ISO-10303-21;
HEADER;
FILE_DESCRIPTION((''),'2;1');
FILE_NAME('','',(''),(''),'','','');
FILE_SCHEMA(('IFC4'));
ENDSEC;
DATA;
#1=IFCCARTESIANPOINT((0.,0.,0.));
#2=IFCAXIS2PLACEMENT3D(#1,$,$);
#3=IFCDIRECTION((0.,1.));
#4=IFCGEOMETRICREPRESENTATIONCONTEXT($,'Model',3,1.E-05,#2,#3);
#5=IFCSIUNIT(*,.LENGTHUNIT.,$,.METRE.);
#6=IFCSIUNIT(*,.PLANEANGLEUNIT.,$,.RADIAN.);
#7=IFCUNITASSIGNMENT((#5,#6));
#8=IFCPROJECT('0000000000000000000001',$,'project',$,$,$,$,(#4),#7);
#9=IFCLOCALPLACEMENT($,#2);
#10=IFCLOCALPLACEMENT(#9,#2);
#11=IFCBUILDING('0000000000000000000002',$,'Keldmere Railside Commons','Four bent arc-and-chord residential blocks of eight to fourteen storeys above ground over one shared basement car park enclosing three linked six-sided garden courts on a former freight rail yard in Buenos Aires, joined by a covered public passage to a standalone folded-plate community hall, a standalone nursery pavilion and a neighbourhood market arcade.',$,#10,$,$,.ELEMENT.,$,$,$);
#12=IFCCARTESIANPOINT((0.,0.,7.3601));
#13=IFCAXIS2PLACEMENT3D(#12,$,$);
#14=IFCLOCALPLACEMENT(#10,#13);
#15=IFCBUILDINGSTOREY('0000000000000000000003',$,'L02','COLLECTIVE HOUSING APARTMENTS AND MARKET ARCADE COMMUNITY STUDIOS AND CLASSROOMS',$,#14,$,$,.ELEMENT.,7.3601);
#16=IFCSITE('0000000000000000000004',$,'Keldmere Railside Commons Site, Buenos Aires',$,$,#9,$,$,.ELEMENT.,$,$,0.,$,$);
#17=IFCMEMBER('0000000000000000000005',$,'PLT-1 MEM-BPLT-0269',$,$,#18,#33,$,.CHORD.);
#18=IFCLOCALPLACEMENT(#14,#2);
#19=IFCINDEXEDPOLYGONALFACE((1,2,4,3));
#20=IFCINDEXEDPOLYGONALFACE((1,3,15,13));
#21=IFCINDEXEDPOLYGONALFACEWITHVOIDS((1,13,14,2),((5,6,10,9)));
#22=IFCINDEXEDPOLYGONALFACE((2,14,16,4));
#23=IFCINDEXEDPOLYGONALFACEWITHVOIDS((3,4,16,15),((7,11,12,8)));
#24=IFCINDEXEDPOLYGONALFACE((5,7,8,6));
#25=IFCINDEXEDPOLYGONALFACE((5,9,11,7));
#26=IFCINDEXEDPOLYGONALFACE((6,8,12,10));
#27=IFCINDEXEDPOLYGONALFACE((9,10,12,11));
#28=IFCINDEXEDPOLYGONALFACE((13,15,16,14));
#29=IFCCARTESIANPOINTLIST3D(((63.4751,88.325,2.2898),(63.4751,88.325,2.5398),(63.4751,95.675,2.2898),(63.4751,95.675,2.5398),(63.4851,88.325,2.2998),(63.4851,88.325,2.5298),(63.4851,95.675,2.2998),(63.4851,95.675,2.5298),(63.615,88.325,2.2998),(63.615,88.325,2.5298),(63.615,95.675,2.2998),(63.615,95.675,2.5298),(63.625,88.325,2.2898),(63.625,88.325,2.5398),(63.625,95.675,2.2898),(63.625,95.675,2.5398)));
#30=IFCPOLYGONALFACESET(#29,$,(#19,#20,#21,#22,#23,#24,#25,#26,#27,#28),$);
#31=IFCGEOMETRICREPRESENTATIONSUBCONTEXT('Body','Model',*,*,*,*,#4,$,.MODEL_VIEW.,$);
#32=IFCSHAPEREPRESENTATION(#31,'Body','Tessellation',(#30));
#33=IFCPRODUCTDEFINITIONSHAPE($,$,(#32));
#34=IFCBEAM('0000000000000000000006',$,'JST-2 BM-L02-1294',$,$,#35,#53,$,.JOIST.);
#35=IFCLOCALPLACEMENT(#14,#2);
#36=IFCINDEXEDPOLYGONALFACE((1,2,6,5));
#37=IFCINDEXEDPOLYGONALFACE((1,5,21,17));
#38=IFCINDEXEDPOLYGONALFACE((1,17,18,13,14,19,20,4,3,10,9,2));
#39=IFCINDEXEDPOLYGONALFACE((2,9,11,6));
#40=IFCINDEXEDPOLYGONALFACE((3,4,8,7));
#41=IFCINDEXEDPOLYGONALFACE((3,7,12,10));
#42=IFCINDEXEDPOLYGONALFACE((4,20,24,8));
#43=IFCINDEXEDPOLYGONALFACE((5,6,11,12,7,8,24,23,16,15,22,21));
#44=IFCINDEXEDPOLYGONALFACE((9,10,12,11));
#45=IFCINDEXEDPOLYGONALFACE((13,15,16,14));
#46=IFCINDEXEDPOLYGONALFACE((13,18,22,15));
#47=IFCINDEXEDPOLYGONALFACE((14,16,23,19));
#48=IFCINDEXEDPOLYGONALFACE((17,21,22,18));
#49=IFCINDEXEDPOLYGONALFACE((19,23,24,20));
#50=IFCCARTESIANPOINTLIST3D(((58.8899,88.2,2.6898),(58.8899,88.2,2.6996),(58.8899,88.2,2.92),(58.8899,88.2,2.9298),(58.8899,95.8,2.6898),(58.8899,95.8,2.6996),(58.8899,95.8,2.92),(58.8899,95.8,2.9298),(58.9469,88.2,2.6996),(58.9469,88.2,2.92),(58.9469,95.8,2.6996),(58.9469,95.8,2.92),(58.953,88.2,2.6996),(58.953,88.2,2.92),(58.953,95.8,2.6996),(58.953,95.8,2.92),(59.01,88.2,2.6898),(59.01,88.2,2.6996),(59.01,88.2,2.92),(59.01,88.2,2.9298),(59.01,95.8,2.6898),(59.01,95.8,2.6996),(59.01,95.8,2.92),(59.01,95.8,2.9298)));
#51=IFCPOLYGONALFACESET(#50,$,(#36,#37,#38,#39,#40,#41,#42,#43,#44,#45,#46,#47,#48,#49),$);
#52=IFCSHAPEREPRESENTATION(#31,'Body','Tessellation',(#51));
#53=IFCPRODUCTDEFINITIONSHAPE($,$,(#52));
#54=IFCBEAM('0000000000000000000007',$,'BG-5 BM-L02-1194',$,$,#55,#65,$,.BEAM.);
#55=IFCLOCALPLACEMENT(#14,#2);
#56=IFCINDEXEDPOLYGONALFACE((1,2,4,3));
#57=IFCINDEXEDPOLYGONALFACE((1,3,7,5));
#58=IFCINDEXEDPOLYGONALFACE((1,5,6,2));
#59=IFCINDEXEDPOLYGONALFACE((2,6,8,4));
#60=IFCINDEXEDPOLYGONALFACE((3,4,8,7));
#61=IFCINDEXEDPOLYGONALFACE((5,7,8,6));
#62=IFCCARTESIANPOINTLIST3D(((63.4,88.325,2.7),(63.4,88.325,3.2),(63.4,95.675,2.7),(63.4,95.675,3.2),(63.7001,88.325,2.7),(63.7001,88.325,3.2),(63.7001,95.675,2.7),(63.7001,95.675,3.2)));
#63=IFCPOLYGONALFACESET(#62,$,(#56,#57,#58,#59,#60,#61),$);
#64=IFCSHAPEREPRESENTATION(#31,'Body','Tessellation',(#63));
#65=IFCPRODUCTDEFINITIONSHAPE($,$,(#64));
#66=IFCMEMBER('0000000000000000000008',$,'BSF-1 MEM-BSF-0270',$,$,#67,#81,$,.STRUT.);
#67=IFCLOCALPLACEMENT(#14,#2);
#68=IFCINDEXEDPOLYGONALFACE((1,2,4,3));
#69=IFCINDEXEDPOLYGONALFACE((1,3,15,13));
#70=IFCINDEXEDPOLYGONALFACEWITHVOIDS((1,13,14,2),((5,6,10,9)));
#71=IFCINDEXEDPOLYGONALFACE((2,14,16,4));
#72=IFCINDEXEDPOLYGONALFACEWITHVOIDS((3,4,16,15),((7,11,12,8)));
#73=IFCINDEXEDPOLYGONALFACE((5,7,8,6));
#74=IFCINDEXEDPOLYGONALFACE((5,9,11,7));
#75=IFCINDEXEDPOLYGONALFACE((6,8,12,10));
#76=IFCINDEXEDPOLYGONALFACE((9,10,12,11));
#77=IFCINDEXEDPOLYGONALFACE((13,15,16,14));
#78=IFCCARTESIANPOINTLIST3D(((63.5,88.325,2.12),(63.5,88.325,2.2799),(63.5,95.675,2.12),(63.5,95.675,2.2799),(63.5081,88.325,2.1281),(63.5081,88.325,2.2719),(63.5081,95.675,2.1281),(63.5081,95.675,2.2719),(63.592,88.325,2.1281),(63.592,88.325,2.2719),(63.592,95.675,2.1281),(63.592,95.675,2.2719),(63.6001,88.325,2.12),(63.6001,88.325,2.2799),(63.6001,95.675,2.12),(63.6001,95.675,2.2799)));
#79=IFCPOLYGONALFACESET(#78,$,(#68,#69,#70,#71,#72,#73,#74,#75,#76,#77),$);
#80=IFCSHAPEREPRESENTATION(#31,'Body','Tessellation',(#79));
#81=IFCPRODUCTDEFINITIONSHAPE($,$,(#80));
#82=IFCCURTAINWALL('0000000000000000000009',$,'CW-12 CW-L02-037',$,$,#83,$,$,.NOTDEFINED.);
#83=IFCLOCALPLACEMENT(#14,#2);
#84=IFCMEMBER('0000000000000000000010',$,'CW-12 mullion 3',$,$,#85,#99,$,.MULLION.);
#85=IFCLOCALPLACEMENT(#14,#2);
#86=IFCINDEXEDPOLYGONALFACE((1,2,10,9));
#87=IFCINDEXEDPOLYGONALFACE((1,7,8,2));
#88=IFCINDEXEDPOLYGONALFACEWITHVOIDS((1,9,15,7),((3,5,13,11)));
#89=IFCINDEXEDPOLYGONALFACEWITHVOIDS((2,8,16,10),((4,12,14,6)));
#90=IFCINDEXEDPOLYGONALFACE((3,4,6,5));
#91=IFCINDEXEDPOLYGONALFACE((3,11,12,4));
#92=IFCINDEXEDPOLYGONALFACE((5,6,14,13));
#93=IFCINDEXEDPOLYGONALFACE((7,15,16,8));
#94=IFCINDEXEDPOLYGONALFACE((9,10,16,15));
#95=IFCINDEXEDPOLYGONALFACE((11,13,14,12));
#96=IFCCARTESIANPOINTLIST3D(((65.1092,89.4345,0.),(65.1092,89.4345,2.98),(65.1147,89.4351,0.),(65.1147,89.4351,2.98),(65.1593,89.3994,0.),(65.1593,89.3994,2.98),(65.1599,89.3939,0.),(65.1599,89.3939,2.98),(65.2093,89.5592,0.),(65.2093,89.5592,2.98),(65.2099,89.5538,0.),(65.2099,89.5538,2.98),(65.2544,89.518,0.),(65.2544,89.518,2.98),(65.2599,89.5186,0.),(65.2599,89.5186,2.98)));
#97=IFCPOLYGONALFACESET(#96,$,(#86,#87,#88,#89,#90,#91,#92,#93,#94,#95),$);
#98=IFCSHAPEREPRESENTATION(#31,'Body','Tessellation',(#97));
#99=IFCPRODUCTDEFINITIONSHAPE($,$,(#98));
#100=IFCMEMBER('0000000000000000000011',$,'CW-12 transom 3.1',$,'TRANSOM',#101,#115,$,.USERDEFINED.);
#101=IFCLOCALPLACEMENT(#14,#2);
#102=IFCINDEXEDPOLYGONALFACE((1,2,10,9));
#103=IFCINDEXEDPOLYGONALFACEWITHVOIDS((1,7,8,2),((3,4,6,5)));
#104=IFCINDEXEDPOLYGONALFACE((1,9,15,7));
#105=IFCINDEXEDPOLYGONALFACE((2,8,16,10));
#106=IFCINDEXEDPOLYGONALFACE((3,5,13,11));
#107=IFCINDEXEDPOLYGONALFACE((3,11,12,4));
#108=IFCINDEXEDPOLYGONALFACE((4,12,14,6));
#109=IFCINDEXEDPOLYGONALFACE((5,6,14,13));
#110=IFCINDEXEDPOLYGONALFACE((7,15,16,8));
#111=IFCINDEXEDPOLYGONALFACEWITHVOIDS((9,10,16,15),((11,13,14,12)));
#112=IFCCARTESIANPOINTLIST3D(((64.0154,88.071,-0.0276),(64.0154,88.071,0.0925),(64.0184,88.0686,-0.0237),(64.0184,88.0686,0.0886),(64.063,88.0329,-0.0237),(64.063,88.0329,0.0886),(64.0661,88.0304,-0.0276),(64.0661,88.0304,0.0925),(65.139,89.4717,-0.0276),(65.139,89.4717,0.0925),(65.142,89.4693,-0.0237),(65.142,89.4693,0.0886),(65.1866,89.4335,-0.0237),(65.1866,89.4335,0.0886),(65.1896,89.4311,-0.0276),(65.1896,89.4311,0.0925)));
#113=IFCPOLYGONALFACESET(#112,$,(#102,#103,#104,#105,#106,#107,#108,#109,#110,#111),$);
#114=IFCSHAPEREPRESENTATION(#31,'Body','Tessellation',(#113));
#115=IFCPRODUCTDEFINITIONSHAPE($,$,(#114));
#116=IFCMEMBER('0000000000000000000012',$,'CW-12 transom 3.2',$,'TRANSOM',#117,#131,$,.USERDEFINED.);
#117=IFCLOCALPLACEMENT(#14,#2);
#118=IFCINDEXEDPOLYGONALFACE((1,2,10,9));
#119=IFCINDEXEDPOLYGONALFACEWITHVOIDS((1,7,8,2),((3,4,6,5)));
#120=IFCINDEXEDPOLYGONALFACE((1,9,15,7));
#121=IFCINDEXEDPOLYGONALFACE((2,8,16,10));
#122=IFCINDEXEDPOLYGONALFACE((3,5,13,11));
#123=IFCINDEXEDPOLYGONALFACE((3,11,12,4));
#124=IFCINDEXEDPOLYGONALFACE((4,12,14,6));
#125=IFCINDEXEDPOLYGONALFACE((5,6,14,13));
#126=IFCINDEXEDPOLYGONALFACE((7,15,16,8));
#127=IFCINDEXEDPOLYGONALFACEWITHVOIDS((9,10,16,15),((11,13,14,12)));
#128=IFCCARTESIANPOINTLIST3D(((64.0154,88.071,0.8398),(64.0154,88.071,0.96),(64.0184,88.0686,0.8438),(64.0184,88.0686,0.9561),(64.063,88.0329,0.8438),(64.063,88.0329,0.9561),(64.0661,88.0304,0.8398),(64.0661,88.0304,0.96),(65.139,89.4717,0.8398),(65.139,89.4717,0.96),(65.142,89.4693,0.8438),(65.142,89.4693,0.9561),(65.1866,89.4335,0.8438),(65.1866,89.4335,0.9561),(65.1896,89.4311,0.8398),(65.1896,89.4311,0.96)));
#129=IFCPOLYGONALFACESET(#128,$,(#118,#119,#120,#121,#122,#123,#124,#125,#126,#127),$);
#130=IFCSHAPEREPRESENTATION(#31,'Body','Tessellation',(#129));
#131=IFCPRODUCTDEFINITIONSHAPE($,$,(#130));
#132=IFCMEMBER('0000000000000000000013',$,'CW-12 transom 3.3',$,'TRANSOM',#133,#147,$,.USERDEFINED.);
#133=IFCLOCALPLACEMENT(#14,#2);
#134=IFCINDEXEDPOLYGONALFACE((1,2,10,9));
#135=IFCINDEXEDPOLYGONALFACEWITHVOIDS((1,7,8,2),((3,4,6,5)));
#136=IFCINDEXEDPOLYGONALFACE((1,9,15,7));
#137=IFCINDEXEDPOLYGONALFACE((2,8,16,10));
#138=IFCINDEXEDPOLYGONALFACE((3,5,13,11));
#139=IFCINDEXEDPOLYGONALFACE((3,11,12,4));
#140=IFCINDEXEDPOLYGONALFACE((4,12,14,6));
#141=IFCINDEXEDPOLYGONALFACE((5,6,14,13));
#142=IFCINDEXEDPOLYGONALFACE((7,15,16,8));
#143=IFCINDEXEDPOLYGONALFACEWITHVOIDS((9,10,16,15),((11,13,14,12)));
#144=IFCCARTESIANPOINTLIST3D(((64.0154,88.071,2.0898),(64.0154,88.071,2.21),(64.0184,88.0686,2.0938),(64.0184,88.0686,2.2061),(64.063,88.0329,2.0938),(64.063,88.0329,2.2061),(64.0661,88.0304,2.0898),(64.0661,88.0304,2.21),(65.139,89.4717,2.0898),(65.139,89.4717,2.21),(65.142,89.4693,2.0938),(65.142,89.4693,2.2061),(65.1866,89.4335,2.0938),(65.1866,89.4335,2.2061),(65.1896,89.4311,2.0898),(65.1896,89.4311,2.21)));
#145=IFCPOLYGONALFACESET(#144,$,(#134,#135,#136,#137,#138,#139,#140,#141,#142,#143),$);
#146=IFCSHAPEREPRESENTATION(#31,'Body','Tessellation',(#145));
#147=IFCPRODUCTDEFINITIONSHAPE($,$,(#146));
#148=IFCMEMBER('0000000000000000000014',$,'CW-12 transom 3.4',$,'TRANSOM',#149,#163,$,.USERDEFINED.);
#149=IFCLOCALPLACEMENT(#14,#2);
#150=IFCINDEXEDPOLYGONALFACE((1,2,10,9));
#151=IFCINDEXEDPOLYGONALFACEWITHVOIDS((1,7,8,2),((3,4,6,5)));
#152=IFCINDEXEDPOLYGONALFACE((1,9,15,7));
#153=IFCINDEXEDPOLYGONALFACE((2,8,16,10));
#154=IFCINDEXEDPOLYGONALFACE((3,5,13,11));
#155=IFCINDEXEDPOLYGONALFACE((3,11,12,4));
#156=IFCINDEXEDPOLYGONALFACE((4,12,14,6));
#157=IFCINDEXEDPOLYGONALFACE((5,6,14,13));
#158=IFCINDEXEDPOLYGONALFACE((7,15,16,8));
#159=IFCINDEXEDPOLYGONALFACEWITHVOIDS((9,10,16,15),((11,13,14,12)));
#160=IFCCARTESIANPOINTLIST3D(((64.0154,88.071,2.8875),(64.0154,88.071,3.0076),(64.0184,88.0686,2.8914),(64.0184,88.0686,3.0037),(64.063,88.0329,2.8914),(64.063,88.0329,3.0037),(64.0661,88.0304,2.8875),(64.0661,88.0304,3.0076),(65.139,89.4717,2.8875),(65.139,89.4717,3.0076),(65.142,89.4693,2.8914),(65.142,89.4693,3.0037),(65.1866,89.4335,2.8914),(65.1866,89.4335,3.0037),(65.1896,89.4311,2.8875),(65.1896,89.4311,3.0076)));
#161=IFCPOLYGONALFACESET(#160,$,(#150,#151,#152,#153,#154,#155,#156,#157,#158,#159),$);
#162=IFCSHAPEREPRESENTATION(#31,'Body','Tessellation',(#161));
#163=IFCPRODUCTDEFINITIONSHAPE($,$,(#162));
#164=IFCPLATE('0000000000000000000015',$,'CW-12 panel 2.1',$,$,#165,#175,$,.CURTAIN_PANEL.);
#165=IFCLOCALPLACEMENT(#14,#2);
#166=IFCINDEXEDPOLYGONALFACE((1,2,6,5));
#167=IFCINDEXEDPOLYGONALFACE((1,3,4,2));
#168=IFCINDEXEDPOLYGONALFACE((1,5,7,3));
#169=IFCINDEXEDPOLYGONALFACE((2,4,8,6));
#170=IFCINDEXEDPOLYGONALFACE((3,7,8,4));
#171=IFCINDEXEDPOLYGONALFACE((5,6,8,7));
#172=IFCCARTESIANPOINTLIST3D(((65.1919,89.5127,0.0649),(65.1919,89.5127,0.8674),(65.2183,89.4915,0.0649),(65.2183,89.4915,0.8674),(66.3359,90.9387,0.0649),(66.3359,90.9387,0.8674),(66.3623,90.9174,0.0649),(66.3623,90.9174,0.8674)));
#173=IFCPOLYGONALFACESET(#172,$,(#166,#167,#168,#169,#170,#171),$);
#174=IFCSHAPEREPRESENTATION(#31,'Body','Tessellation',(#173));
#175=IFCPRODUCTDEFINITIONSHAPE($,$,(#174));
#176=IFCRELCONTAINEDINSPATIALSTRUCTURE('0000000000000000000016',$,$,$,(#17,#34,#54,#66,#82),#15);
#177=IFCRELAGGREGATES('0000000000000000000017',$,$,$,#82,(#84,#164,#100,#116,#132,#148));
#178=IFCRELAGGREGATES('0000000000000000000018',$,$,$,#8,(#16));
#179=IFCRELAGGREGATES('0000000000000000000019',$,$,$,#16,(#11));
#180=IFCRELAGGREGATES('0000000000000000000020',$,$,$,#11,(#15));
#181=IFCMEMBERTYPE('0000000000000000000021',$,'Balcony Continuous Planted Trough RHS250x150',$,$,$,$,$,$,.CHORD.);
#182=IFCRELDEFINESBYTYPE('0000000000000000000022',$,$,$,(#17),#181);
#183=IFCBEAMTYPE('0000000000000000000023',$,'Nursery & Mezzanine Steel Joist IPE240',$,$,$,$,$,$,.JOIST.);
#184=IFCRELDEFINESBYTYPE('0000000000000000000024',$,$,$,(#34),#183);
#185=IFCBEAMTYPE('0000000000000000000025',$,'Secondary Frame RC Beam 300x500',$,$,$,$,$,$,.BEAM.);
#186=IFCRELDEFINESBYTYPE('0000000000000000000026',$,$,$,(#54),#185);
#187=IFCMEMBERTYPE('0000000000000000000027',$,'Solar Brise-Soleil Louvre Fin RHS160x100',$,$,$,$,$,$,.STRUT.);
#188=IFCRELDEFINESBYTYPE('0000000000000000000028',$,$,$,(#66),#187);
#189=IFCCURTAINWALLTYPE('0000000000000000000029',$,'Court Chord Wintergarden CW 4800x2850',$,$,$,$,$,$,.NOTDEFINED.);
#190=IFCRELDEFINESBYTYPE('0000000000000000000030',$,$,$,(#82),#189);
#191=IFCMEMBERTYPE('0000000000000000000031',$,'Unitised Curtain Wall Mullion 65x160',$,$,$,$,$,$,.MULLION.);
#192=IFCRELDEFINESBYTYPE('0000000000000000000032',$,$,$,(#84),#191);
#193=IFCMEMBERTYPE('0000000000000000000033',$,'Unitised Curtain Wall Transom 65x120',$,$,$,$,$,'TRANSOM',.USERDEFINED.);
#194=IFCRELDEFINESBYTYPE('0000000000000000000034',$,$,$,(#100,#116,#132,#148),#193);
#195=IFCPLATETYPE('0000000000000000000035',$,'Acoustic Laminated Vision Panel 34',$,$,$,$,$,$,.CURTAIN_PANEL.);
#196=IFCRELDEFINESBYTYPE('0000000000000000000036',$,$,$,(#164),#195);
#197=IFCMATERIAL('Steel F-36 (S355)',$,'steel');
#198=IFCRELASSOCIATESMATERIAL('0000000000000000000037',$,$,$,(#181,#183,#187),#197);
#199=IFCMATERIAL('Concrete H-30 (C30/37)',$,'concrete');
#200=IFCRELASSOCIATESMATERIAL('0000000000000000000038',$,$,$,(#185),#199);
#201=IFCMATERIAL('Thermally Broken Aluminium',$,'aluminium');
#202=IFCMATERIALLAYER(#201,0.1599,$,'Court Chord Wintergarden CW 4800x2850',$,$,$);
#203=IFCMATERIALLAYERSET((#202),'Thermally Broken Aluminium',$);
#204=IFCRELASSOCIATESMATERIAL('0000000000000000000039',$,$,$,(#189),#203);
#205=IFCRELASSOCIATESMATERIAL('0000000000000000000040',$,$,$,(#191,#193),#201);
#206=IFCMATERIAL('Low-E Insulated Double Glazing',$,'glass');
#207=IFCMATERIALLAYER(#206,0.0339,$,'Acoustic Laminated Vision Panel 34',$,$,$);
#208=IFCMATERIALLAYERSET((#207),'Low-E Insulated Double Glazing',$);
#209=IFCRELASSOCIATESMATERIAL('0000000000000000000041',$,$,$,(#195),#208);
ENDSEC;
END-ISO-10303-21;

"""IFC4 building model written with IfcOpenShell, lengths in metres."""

from ifc_helpers import new_model, si_unit, direction, frame, origin, origin_2d, place, context, subcontext, project, spatial, rectangle, hollow_rectangle, i_section, extrude, material, layer, layer_set, material_profile, profile_set, type_object, element, aggregate, save


model = new_model("IFC4")

# Units and contexts
model_context = context("Model", 3, precision=1e-05, world=origin(), true_north=direction((0.0, 1.0)))
body_context = subcontext(model_context, "Body", "Model", "MODEL_VIEW")
ifc_project = project(units=[si_unit("LENGTHUNIT", "METRE"), si_unit("PLANEANGLEUNIT", "RADIAN")], contexts=[model_context])

# Site, building, storey
site_placement = place(None, origin())
site = spatial("IfcSite", under=ifc_project, at=site_placement, Name="Keldmere Railside Commons Site, Buenos Aires", CompositionType="ELEMENT", RefElevation=0.0)
building_placement = place(site_placement, origin())
building = spatial("IfcBuilding", under=site, at=building_placement, Name="Keldmere Railside Commons", Description="Four bent arc-and-chord residential blocks of eight to fourteen storeys above ground over one shared basement car park enclosing three linked six-sided garden courts on a former freight rail yard in Buenos Aires, joined by a covered public passage to a standalone folded-plate community hall, a standalone nursery pavilion and a neighbourhood market arcade.", CompositionType="ELEMENT")
storey_placement = place(building_placement, frame((0.0, 0.0, 7.3601)))
storey = spatial("IfcBuildingStorey", under=building, at=storey_placement, Name="L02", Description="COLLECTIVE HOUSING APARTMENTS AND MARKET ARCADE COMMUNITY STUDIOS AND CLASSROOMS", CompositionType="ELEMENT", Elevation=7.3601)

# Member
ifc_material_1 = material(Name="Steel F-36 (S355)", Category="steel")
ifc_material_profile_1 = material_profile(ifc_material_1, hollow_rectangle(XDim=0.1499, YDim=0.25, WallThickness=0.01, at=origin_2d()), Name="RHS-250x150x10")
ifc_profile_set_1 = profile_set([ifc_material_profile_1], Name="Steel F-36 (S355)")
member_type_1 = type_object("IfcMemberType", Name="Balcony Continuous Planted Trough RHS250x150", PredefinedType="CHORD", material=ifc_profile_set_1)
member_1_placement = place(storey_placement, frame((63.55, 88.325, 2.4148), z_axis=(0.0, 1.0, 0.0), x_axis=(-1.0, 0.0, 0.0)))
element("IfcMember", 1, at=member_1_placement, inside=storey, type_object=member_type_1, Name="PLT-1 MEM-BPLT-0269", PredefinedType="CHORD", context=body_context, shape_type="SweptSolid", body=[
    extrude(hollow_rectangle(XDim=0.1499, YDim=0.25, WallThickness=0.01, at=origin_2d()), origin(), (0.0, 0.0, 1.0), 7.3501),
])

# Beams
ifc_material_profile_2 = material_profile(ifc_material_1, i_section(OverallWidth=0.1201, OverallDepth=0.24, WebThickness=0.0061, FlangeThickness=0.0098, at=origin_2d()), Name="IPE-240")
ifc_profile_set_2 = profile_set([ifc_material_profile_2], Name="Steel F-36 (S355)")
beam_type_1 = type_object("IfcBeamType", Name="Nursery & Mezzanine Steel Joist IPE240", PredefinedType="JOIST", material=ifc_profile_set_2)
beam_1_placement = place(storey_placement, frame((58.95, 88.2, 2.8098), z_axis=(0.0, 1.0, 0.0), x_axis=(-1.0, 0.0, 0.0)))
element("IfcBeam", 2, at=beam_1_placement, inside=storey, type_object=beam_type_1, Name="JST-2 BM-L02-1294", PredefinedType="JOIST", context=body_context, shape_type="SweptSolid", body=[
    extrude(i_section(OverallWidth=0.1201, OverallDepth=0.24, WebThickness=0.0061, FlangeThickness=0.0098, at=origin_2d()), origin(), (0.0, 0.0, 1.0), 7.6001),
])
ifc_material_2 = material(Name="Concrete H-30 (C30/37)", Category="concrete")
ifc_material_profile_3 = material_profile(ifc_material_2, rectangle(XDim=0.3, YDim=0.5, at=origin_2d()), Name="RC-300x500")
ifc_profile_set_3 = profile_set([ifc_material_profile_3], Name="Concrete H-30 (C30/37)")
beam_type_2 = type_object("IfcBeamType", Name="Secondary Frame RC Beam 300x500", PredefinedType="BEAM", material=ifc_profile_set_3)
beam_2_placement = place(storey_placement, frame((63.55, 88.325, 2.95), z_axis=(0.0, 1.0, 0.0), x_axis=(-1.0, 0.0, 0.0)))
element("IfcBeam", 3, at=beam_2_placement, inside=storey, type_object=beam_type_2, Name="BG-5 BM-L02-1194", PredefinedType="BEAM", context=body_context, shape_type="SweptSolid", body=[
    extrude(rectangle(XDim=0.3, YDim=0.5, at=origin_2d()), origin(), (0.0, 0.0, 1.0), 7.3501),
])

# Member
ifc_material_profile_4 = material_profile(ifc_material_1, hollow_rectangle(XDim=0.1001, YDim=0.1599, WallThickness=0.0081, at=origin_2d()), Name="RHS-160x100x8")
ifc_profile_set_4 = profile_set([ifc_material_profile_4], Name="Steel F-36 (S355)")
member_type_2 = type_object("IfcMemberType", Name="Solar Brise-Soleil Louvre Fin RHS160x100", PredefinedType="STRUT", material=ifc_profile_set_4)
member_2_placement = place(storey_placement, frame((63.55, 88.325, 2.2), z_axis=(0.0, 1.0, 0.0), x_axis=(-1.0, 0.0, 0.0)))
element("IfcMember", 4, at=member_2_placement, inside=storey, type_object=member_type_2, Name="BSF-1 MEM-BSF-0270", PredefinedType="STRUT", context=body_context, shape_type="SweptSolid", body=[
    extrude(hollow_rectangle(XDim=0.1001, YDim=0.1599, WallThickness=0.0081, at=origin_2d()), origin(), (0.0, 0.0, 1.0), 7.3501),
])

# Curtain wall, members, plate
ifc_material_3 = material(Name="Thermally Broken Aluminium", Category="aluminium")
ifc_layer_1 = layer(ifc_material_3, 0.1599, Name="Court Chord Wintergarden CW 4800x2850")
ifc_layer_set_1 = layer_set([ifc_layer_1], Name="Thermally Broken Aluminium")
curtain_wall_type = type_object("IfcCurtainWallType", Name="Court Chord Wintergarden CW 4800x2850", PredefinedType="NOTDEFINED", material=ifc_layer_set_1)
curtain_wall_placement = place(storey_placement, origin())
curtain_wall = element("IfcCurtainWall", 5, at=curtain_wall_placement, inside=storey, type_object=curtain_wall_type, Name="CW-12 CW-L02-037", PredefinedType="NOTDEFINED")
ifc_material_profile_5 = material_profile(ifc_material_3, hollow_rectangle(XDim=0.0649, YDim=0.1599, WallThickness=0.0039, at=origin_2d()), Name="ALU-MULL-65x160")
ifc_profile_set_5 = profile_set([ifc_material_profile_5], Name="Thermally Broken Aluminium")
member_type_3 = type_object("IfcMemberType", Name="Unitised Curtain Wall Mullion 65x160", PredefinedType="MULLION", material=ifc_profile_set_5)
member_3_placement = place(storey_placement, frame((65.1846, 89.4766, 0.0), z_axis=(0.0, 0.0, 1.0), x_axis=(0.780009, -0.625768, 0.0)))
member_3 = element("IfcMember", 6, at=member_3_placement, type_object=member_type_3, Name="CW-12 mullion 3", PredefinedType="MULLION", context=body_context, shape_type="SweptSolid", body=[
    extrude(hollow_rectangle(XDim=0.0649, YDim=0.1599, WallThickness=0.0039, at=origin_2d()), origin(), (0.0, 0.0, 1.0), 2.98),
])
ifc_material_profile_6 = material_profile(ifc_material_3, hollow_rectangle(XDim=0.0649, YDim=0.1201, WallThickness=0.0039, at=origin_2d()), Name="ALU-TRAN-65x120")
ifc_profile_set_6 = profile_set([ifc_material_profile_6], Name="Thermally Broken Aluminium")
member_type_4 = type_object("IfcMemberType", Name="Unitised Curtain Wall Transom 65x120", ElementType="TRANSOM", PredefinedType="USERDEFINED", material=ifc_profile_set_6)
member_4_placement = place(storey_placement, frame((65.1643, 89.4514, 0.0325), z_axis=(-0.625723, -0.780046, 0.0), x_axis=(0.780046, -0.625723, 0.0)))
member_4 = element("IfcMember", 7, at=member_4_placement, type_object=member_type_4, Name="CW-12 transom 3.1", ObjectType="TRANSOM", PredefinedType="USERDEFINED", context=body_context, shape_type="SweptSolid", body=[
    extrude(hollow_rectangle(XDim=0.0649, YDim=0.1201, WallThickness=0.0039, at=origin_2d()), origin(), (0.0, 0.0, 1.0), 1.7957),
])
member_5_placement = place(storey_placement, frame((65.1643, 89.4514, 0.8999), z_axis=(-0.625723, -0.780046, 0.0), x_axis=(0.780046, -0.625723, 0.0)))
member_5 = element("IfcMember", 8, at=member_5_placement, type_object=member_type_4, Name="CW-12 transom 3.2", ObjectType="TRANSOM", PredefinedType="USERDEFINED", context=body_context, shape_type="SweptSolid", body=[
    extrude(hollow_rectangle(XDim=0.0649, YDim=0.1201, WallThickness=0.0039, at=origin_2d()), origin(), (0.0, 0.0, 1.0), 1.7957),
])
member_6_placement = place(storey_placement, frame((65.1643, 89.4514, 2.1499), z_axis=(-0.625723, -0.780046, 0.0), x_axis=(0.780046, -0.625723, 0.0)))
member_6 = element("IfcMember", 9, at=member_6_placement, type_object=member_type_4, Name="CW-12 transom 3.3", ObjectType="TRANSOM", PredefinedType="USERDEFINED", context=body_context, shape_type="SweptSolid", body=[
    extrude(hollow_rectangle(XDim=0.0649, YDim=0.1201, WallThickness=0.0039, at=origin_2d()), origin(), (0.0, 0.0, 1.0), 1.7957),
])
member_7_placement = place(storey_placement, frame((65.1643, 89.4514, 2.9475), z_axis=(-0.625723, -0.780046, 0.0), x_axis=(0.780046, -0.625723, 0.0)))
member_7 = element("IfcMember", 10, at=member_7_placement, type_object=member_type_4, Name="CW-12 transom 3.4", ObjectType="TRANSOM", PredefinedType="USERDEFINED", context=body_context, shape_type="SweptSolid", body=[
    extrude(hollow_rectangle(XDim=0.0649, YDim=0.1201, WallThickness=0.0039, at=origin_2d()), origin(), (0.0, 0.0, 1.0), 1.7957),
])
ifc_material_4 = material(Name="Low-E Insulated Double Glazing", Category="glass")
ifc_layer_2 = layer(ifc_material_4, 0.0339, Name="Acoustic Laminated Vision Panel 34")
ifc_layer_set_2 = layer_set([ifc_layer_2], Name="Low-E Insulated Double Glazing")
plate_type = type_object("IfcPlateType", Name="Acoustic Laminated Vision Panel 34", PredefinedType="CURTAIN_PANEL", material=ifc_layer_set_2)
plate_1_placement = place(storey_placement, frame((65.7771, 90.2151, 0.0649), z_axis=(0.0, 0.0, 1.0), x_axis=(-0.625768, -0.780009, 0.0)))
plate_1 = element("IfcPlate", 11, at=plate_1_placement, type_object=plate_type, Name="CW-12 panel 2.1", PredefinedType="CURTAIN_PANEL", context=body_context, shape_type="SweptSolid", body=[
    extrude(rectangle(XDim=1.8281, YDim=0.0339, at=origin_2d()), origin(), (0.0, 0.0, 1.0), 0.8025),
])
aggregate(curtain_wall, [member_3, plate_1, member_4, member_5, member_6, member_7])

save(model, "model.ifc")
